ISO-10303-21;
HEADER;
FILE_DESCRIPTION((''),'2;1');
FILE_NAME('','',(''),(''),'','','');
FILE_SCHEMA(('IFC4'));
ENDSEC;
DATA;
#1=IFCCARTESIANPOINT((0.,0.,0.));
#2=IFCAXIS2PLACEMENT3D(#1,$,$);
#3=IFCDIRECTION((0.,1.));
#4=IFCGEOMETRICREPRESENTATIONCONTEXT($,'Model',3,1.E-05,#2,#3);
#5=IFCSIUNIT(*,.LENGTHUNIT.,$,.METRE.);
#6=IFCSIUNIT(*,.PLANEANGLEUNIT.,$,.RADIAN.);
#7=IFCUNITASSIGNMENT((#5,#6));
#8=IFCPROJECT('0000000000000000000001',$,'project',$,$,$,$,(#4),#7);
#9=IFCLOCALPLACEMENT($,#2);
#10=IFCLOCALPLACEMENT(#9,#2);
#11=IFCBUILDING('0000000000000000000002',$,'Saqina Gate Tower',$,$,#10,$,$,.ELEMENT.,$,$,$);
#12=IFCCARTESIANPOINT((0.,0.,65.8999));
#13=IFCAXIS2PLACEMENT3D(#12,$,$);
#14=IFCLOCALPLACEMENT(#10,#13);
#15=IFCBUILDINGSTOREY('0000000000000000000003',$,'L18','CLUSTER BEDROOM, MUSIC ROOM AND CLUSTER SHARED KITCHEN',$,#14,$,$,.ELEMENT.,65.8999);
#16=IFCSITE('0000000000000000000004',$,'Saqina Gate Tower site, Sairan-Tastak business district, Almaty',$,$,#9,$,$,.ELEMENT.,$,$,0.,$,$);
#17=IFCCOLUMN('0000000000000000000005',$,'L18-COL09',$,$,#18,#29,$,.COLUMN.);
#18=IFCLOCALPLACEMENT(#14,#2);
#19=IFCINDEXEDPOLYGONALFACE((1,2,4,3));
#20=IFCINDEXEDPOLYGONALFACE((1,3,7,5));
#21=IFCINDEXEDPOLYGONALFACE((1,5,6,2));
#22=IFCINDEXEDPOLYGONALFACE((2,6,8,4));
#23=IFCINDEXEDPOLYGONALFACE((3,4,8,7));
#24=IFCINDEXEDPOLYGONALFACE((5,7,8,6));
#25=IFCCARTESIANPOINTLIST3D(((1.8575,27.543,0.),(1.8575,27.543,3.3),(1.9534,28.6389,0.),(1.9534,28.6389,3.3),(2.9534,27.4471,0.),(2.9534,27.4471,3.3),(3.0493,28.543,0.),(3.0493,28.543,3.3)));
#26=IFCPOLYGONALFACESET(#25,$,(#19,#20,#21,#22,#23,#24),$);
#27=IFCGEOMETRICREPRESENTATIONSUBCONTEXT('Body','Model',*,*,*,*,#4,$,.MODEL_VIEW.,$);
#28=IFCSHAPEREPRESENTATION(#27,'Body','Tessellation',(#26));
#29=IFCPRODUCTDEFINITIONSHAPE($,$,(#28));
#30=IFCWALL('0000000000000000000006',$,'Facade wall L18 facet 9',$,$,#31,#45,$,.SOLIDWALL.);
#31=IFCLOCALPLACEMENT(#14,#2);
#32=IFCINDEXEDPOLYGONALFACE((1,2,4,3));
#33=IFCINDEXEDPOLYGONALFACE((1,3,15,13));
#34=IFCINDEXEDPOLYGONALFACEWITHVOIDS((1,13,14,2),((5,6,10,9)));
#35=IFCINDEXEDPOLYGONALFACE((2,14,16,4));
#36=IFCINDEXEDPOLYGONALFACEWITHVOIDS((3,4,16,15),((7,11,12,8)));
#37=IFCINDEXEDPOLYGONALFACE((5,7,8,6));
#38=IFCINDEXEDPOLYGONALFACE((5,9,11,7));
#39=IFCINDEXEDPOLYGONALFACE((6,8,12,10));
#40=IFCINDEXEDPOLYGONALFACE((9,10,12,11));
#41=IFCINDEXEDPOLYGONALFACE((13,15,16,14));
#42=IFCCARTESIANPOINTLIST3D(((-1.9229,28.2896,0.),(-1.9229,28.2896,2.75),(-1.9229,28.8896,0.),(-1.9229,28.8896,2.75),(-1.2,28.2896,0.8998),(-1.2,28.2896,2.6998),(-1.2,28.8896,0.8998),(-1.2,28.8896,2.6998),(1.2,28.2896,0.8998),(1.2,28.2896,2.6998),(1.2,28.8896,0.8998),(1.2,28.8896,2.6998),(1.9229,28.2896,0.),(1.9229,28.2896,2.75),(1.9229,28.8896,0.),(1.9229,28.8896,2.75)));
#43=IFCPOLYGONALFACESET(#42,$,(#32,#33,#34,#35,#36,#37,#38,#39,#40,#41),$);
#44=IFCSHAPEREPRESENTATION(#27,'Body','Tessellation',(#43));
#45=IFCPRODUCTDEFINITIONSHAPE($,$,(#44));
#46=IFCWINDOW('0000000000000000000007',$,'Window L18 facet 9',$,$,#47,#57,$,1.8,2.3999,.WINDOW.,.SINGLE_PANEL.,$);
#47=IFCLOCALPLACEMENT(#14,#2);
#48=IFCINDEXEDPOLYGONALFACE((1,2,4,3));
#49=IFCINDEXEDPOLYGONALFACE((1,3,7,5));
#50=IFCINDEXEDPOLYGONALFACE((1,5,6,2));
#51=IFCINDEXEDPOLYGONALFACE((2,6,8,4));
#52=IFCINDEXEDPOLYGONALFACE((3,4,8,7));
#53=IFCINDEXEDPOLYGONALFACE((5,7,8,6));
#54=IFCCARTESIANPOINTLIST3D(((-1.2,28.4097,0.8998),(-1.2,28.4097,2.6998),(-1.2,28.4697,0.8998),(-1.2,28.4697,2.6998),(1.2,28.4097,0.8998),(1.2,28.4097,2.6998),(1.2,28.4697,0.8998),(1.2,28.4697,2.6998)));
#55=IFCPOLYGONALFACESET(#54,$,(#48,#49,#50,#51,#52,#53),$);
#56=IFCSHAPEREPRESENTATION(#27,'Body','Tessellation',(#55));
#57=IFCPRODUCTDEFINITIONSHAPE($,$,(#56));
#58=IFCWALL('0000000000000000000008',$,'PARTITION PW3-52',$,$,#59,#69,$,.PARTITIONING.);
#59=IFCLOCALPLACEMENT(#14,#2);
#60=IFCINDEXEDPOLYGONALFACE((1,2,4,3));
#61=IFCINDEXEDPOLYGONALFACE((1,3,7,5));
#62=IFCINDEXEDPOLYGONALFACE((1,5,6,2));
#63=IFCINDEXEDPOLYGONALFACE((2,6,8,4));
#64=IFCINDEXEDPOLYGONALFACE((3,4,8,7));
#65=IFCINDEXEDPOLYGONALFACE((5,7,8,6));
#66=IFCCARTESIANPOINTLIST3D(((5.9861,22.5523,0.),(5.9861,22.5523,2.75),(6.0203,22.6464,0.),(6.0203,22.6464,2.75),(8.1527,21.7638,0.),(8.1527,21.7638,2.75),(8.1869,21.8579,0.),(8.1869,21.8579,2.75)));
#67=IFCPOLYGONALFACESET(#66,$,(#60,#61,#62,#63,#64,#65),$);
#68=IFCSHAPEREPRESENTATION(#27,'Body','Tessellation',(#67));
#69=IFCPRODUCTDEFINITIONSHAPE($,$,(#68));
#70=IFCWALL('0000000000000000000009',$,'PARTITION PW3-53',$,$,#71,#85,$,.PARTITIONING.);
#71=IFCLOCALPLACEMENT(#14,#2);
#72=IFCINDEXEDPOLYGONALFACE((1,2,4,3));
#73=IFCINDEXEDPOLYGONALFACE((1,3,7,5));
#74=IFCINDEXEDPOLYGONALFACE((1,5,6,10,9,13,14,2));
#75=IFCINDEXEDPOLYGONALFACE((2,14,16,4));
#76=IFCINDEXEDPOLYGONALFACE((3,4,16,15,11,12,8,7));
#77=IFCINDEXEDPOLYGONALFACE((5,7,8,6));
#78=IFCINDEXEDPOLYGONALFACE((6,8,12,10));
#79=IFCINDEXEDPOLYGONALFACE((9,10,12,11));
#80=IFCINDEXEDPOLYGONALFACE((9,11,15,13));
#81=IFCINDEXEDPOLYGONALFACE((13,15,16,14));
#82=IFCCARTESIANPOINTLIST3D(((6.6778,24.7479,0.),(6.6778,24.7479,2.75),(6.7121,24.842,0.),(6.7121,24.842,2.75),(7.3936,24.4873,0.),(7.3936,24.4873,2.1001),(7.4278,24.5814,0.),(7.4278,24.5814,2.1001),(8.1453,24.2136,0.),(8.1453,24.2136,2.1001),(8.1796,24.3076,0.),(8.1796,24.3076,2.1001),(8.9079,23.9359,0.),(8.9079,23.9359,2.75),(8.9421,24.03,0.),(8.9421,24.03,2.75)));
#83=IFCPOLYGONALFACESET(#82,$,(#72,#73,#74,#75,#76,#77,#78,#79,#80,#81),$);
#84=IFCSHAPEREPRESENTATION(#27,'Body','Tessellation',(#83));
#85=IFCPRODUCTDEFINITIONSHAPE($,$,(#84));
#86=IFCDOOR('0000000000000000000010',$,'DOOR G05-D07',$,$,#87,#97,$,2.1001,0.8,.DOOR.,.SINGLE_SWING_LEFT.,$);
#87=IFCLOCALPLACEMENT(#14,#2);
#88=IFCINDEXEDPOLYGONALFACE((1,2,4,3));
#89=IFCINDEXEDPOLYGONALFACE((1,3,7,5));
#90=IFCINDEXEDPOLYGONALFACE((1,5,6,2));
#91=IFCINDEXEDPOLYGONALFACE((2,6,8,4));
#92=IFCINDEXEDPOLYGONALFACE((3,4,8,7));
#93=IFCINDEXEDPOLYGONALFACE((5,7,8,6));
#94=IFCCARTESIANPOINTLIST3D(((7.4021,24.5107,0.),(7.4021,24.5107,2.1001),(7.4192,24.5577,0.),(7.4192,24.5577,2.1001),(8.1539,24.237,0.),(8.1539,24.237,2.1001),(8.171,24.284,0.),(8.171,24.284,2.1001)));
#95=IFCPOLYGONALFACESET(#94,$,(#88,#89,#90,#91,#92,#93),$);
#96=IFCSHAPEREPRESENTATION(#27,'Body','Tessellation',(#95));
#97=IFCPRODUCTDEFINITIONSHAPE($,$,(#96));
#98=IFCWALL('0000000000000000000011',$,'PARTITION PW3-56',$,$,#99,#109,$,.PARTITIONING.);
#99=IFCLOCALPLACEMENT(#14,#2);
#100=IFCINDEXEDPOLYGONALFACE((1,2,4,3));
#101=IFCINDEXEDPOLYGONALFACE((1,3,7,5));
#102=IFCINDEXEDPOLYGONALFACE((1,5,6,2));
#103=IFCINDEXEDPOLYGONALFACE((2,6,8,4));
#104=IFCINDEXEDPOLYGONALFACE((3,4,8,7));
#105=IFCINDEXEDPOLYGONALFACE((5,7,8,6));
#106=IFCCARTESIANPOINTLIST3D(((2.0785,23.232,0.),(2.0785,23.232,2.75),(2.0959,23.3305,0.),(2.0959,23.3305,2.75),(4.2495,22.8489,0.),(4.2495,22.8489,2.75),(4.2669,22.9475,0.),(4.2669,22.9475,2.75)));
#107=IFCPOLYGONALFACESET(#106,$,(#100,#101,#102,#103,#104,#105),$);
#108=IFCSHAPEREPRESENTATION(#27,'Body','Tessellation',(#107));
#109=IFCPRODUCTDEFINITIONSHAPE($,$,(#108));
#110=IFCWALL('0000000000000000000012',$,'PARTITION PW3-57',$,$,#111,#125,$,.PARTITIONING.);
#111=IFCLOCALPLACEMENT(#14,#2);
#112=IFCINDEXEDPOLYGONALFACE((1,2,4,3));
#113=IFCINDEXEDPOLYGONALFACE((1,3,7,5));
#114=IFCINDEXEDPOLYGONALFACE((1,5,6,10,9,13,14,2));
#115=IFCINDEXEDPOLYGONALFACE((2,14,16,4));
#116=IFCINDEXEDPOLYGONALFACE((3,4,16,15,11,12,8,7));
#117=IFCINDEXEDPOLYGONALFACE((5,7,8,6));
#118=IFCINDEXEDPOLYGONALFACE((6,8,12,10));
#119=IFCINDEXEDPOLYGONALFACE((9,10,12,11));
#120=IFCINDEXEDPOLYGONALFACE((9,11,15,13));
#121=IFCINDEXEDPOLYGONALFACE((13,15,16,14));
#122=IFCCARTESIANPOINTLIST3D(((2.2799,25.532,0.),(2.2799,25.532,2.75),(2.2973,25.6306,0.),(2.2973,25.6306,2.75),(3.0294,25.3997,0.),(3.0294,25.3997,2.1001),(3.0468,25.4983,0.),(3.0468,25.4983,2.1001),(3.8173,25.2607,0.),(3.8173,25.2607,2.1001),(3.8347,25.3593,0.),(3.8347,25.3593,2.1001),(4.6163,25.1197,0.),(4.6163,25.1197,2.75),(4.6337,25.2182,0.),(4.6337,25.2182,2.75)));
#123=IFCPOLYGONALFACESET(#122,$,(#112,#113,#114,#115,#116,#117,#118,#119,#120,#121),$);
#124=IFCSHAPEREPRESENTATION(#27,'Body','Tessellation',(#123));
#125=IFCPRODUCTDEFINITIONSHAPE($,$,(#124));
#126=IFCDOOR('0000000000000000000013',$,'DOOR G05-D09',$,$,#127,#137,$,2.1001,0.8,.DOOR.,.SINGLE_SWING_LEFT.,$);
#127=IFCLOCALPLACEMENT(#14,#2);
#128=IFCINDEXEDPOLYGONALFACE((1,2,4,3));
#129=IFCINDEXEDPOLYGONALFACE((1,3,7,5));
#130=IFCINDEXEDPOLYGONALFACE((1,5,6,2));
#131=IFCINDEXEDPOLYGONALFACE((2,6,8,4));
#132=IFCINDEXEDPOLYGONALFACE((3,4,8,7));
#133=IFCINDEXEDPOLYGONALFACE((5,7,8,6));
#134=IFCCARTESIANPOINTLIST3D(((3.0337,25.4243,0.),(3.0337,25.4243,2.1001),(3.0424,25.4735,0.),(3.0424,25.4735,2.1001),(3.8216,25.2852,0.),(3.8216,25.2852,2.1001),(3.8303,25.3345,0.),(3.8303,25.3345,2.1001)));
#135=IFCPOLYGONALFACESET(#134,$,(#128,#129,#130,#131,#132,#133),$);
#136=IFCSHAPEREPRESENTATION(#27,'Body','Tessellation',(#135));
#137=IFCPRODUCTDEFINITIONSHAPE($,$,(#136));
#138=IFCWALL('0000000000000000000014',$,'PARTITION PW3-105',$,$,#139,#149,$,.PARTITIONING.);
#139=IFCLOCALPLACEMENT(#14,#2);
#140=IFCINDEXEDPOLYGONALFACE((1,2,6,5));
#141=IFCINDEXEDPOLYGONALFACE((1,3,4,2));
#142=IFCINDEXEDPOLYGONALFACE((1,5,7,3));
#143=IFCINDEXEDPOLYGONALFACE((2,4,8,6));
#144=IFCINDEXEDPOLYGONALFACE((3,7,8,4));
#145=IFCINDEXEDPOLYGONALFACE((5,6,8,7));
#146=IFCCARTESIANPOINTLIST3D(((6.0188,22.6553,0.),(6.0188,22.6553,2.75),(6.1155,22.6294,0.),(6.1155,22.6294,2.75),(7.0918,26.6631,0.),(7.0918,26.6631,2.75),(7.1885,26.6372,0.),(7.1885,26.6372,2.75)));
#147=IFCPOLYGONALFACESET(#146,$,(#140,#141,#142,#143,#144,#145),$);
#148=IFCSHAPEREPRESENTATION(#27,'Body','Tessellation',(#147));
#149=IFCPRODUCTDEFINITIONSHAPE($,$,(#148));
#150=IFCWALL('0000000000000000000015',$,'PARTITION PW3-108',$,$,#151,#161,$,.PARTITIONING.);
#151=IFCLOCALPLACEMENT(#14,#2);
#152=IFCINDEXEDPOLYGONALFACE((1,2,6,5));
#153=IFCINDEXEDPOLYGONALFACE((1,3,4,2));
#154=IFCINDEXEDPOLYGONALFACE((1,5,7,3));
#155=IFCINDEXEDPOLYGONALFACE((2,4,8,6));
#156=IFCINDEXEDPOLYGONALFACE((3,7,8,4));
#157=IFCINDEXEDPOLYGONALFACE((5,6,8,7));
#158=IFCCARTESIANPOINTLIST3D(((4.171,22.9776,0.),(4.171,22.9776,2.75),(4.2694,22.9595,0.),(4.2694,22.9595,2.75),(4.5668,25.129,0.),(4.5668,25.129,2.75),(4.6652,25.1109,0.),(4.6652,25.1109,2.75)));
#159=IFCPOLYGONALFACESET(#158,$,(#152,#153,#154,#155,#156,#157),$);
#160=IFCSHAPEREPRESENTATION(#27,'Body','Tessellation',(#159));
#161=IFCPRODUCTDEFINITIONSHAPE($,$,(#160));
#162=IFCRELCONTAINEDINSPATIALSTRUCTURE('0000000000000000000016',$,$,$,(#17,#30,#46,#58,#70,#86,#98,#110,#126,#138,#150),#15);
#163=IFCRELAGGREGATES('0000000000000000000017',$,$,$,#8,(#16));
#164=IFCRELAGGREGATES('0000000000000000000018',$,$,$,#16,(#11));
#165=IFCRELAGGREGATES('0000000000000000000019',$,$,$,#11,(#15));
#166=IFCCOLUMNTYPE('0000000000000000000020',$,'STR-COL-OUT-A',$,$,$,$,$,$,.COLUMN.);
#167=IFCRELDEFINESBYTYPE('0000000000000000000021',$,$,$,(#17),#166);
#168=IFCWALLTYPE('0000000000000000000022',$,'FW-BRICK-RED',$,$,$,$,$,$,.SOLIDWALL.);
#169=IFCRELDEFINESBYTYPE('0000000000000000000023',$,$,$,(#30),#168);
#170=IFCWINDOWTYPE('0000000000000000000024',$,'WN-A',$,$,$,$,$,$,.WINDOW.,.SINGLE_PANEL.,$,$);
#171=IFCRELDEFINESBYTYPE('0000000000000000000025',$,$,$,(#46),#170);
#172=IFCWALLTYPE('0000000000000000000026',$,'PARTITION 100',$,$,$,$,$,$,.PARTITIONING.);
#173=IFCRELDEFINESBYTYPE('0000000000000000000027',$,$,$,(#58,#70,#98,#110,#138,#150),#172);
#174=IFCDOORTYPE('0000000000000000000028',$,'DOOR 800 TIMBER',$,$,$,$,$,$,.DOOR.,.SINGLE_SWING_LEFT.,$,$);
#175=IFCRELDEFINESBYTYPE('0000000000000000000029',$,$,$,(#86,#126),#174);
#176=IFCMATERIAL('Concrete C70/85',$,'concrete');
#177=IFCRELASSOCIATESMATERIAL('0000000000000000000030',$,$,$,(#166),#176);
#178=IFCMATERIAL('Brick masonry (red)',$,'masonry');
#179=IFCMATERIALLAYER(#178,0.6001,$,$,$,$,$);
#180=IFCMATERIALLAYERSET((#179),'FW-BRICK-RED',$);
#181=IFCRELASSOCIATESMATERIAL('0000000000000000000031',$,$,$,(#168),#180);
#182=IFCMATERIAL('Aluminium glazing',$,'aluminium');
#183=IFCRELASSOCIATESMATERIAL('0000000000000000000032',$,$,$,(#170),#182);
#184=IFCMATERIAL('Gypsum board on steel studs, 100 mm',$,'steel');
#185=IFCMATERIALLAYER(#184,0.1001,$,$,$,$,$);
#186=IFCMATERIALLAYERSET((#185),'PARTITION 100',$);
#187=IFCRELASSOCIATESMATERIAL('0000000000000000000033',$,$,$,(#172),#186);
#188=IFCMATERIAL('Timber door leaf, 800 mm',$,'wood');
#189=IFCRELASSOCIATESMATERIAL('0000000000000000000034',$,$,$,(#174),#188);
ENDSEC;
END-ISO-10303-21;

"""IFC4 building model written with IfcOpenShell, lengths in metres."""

from ifc_helpers import new_model, si_unit, direction, frame, frame_2d, origin, origin_2d, place, context, subcontext, project, spatial, rectangle, extrude, material, layer, layer_set, material_profile, profile_set, type_object, element, fill, save


model = new_model("IFC4")

# Units and contexts
model_context = context("Model", 3, precision=1e-05, world=origin(), true_north=direction((0.0, 1.0)))
body_context = subcontext(model_context, "Body", "Model", "MODEL_VIEW")
ifc_project = project(units=[si_unit("LENGTHUNIT", "METRE"), si_unit("PLANEANGLEUNIT", "RADIAN")], contexts=[model_context])

# Site, building, storey
site_placement = place(None, origin())
site = spatial("IfcSite", under=ifc_project, at=site_placement, Name="Saqina Gate Tower site, Sairan-Tastak business district, Almaty", CompositionType="ELEMENT", RefElevation=0.0)
building_placement = place(site_placement, origin())
building = spatial("IfcBuilding", under=site, at=building_placement, Name="Saqina Gate Tower", CompositionType="ELEMENT")
storey_placement = place(building_placement, frame((0.0, 0.0, 65.8999)))
storey = spatial("IfcBuildingStorey", under=building, at=storey_placement, Name="L18", Description="CLUSTER BEDROOM, MUSIC ROOM AND CLUSTER SHARED KITCHEN", CompositionType="ELEMENT", Elevation=65.8999)

# Column
ifc_material_1 = material(Name="Concrete C70/85", Category="concrete")
ifc_material_profile = material_profile(ifc_material_1, rectangle(XDim=1.1001, YDim=1.1001, at=origin_2d()), Name="RC 1100x1100")
ifc_profile_set = profile_set([ifc_material_profile], Name="Concrete C70/85")
column_type = type_object("IfcColumnType", Name="STR-COL-OUT-A", PredefinedType="COLUMN", material=ifc_profile_set)
column_placement = place(storey_placement, frame((2.4534, 28.043, 0.0), z_axis=(0.0, 0.0, 1.0), x_axis=(0.087156, 0.996195, 0.0)))
element("IfcColumn", 1, at=column_placement, inside=storey, type_object=column_type, Name="L18-COL09", PredefinedType="COLUMN", context=body_context, shape_type="SweptSolid", body=[
    extrude(rectangle(XDim=1.1001, YDim=1.1001, at=origin_2d()), origin(), (0.0, 0.0, 1.0), 3.3),
])

# Wall, opening, window
ifc_material_2 = material(Name="Brick masonry (red)", Category="masonry")
ifc_layer_1 = layer(ifc_material_2, 0.6001)
ifc_layer_set_1 = layer_set([ifc_layer_1], Name="FW-BRICK-RED")
wall_type_1 = type_object("IfcWallType", Name="FW-BRICK-RED", PredefinedType="SOLIDWALL", material=ifc_layer_set_1)
wall_1_placement = place(storey_placement, frame((1.9229, 28.5896, 0.0), z_axis=(0.0, 0.0, 1.0), x_axis=(-1.0, 0.0, 0.0)))
wall_1 = element("IfcWall", 2, at=wall_1_placement, inside=storey, type_object=wall_type_1, Name="Facade wall L18 facet 9", PredefinedType="SOLIDWALL", context=body_context, shape_type="SweptSolid", body=[
    extrude(rectangle(XDim=3.8457, YDim=0.6001, at=frame_2d((1.9229, 0.0))), origin(), (0.0, 0.0, 1.0), 2.75),
])
opening_1_placement = place(wall_1_placement, frame((0.7229, 0.0, 0.8999)))
opening_1 = element("IfcOpeningElement", 3, at=opening_1_placement, cuts=wall_1, PredefinedType="OPENING", context=body_context, shape_type="SweptSolid", body=[
    extrude(rectangle(XDim=2.3999, YDim=1.8, at=frame_2d((1.2, 0.8999))), frame((0.0, 0.312, 0.0), z_axis=(0.0, -1.0, 0.0), x_axis=(1.0, 0.0, 0.0)), (0.0, 0.0, 1.0), 0.624),
])
ifc_material_3 = material(Name="Aluminium glazing", Category="aluminium")
window_type = type_object("IfcWindowType", Name="WN-A", PartitioningType="SINGLE_PANEL", PredefinedType="WINDOW", material=ifc_material_3)
window_placement = place(opening_1_placement, origin())
window = element("IfcWindow", 4, at=window_placement, inside=storey, type_object=window_type, Name="Window L18 facet 9", OverallHeight=1.8, OverallWidth=2.3999, PartitioningType="SINGLE_PANEL", PredefinedType="WINDOW", context=body_context, shape_type="SweptSolid", body=[
    extrude(rectangle(XDim=2.3999, YDim=1.8, at=frame_2d((1.2, 0.8999))), frame((0.0, 0.1799, 0.0), z_axis=(0.0, -1.0, 0.0), x_axis=(1.0, 0.0, 0.0)), (0.0, 0.0, 1.0), 0.0601),
])
fill(opening_1, window)

# Wall
ifc_material_4 = material(Name="Gypsum board on steel studs, 100 mm", Category="steel")
ifc_layer_2 = layer(ifc_material_4, 0.1001)
ifc_layer_set_2 = layer_set([ifc_layer_2], Name="PARTITION 100")
wall_type_2 = type_object("IfcWallType", Name="PARTITION 100", PredefinedType="PARTITIONING", material=ifc_layer_set_2)
wall_2_placement = place(storey_placement, frame((6.0032, 22.5994, 0.0), z_axis=(0.0, 0.0, 1.0), x_axis=(0.939701, -0.341998, 0.0)))
element("IfcWall", 5, at=wall_2_placement, inside=storey, type_object=wall_type_2, Name="PARTITION PW3-52", PredefinedType="PARTITIONING", context=body_context, shape_type="SweptSolid", body=[
    extrude(rectangle(XDim=2.3057, YDim=0.1001, at=frame_2d((1.1528, 0.0))), origin(), (0.0, 0.0, 1.0), 2.75),
])

# Wall, opening, door
wall_3_placement = place(storey_placement, frame((6.6951, 24.7949, 0.0), z_axis=(0.0, 0.0, 1.0), x_axis=(0.939643, -0.342156, 0.0)))
wall_3 = element("IfcWall", 6, at=wall_3_placement, inside=storey, type_object=wall_type_2, Name="PARTITION PW3-53", PredefinedType="PARTITIONING", context=body_context, shape_type="SweptSolid", body=[
    extrude(rectangle(XDim=2.3733, YDim=0.1001, at=frame_2d((1.1865, 0.0))), origin(), (0.0, 0.0, 1.0), 2.75),
])
opening_2_placement = place(wall_3_placement, frame((0.7617, 0.0, 0.0)))
opening_2 = element("IfcOpeningElement", 7, at=opening_2_placement, cuts=wall_3, PredefinedType="OPENING", context=body_context, shape_type="SweptSolid", body=[
    extrude(rectangle(XDim=0.8, YDim=2.1001, at=frame_2d((0.3999, 1.05))), frame((0.0, 0.062, 0.0), z_axis=(0.0, -1.0, 0.0), x_axis=(1.0, 0.0, 0.0)), (0.0, 0.0, 1.0), 0.124),
])
ifc_material_5 = material(Name="Timber door leaf, 800 mm", Category="wood")
door_type_1 = type_object("IfcDoorType", Name="DOOR 800 TIMBER", OperationType="SINGLE_SWING_LEFT", PredefinedType="DOOR", material=ifc_material_5)
door_1_placement = place(opening_2_placement, origin())
door_1 = element("IfcDoor", 8, at=door_1_placement, inside=storey, type_object=door_type_1, Name="DOOR G05-D07", OperationType="SINGLE_SWING_LEFT", OverallHeight=2.1001, OverallWidth=0.8, PredefinedType="DOOR", context=body_context, shape_type="SweptSolid", body=[
    extrude(rectangle(XDim=0.8, YDim=2.1001, at=frame_2d((0.3999, 1.05))), frame((0.0, 0.0249, 0.0), z_axis=(0.0, -1.0, 0.0), x_axis=(1.0, 0.0, 0.0)), (0.0, 0.0, 1.0), 0.05),
])
fill(opening_2, door_1)

# Wall
wall_4_placement = place(storey_placement, frame((2.0872, 23.2812, 0.0), z_axis=(0.0, 0.0, 1.0), x_axis=(0.98479, -0.173747, 0.0)))
element("IfcWall", 9, at=wall_4_placement, inside=storey, type_object=wall_type_2, Name="PARTITION PW3-56", PredefinedType="PARTITIONING", context=body_context, shape_type="SweptSolid", body=[
    extrude(rectangle(XDim=2.2046, YDim=0.1001, at=frame_2d((1.1023, 0.0))), origin(), (0.0, 0.0, 1.0), 2.75),
])

# Wall, opening, door
wall_5_placement = place(storey_placement, frame((2.2886, 25.5813, 0.0), z_axis=(0.0, 0.0, 1.0), x_axis=(0.98478, -0.173803, 0.0)))
wall_5 = element("IfcWall", 10, at=wall_5_placement, inside=storey, type_object=wall_type_2, Name="PARTITION PW3-57", PredefinedType="PARTITIONING", context=body_context, shape_type="SweptSolid", body=[
    extrude(rectangle(XDim=2.3726, YDim=0.1001, at=frame_2d((1.1863, 0.0))), origin(), (0.0, 0.0, 1.0), 2.75),
])
opening_3_placement = place(wall_5_placement, frame((0.7612, 0.0, 0.0)))
opening_3 = element("IfcOpeningElement", 11, at=opening_3_placement, cuts=wall_5, PredefinedType="OPENING", context=body_context, shape_type="SweptSolid", body=[
    extrude(rectangle(XDim=0.8, YDim=2.1001, at=frame_2d((0.3999, 1.05))), frame((0.0, 0.062, 0.0), z_axis=(0.0, -1.0, 0.0), x_axis=(1.0, 0.0, 0.0)), (0.0, 0.0, 1.0), 0.124),
])
door_2_placement = place(opening_3_placement, origin())
door_2 = element("IfcDoor", 12, at=door_2_placement, inside=storey, type_object=door_type_1, Name="DOOR G05-D09", OperationType="SINGLE_SWING_LEFT", OverallHeight=2.1001, OverallWidth=0.8, PredefinedType="DOOR", context=body_context, shape_type="SweptSolid", body=[
    extrude(rectangle(XDim=0.8, YDim=2.1001, at=frame_2d((0.3999, 1.05))), frame((0.0, 0.0249, 0.0), z_axis=(0.0, -1.0, 0.0), x_axis=(1.0, 0.0, 0.0)), (0.0, 0.0, 1.0), 0.05),
])
fill(opening_3, door_2)

# Walls
wall_6_placement = place(storey_placement, frame((6.0671, 22.6423, 0.0), z_axis=(0.0, 0.0, 1.0), x_axis=(0.258618, 0.96598, 0.0)))
element("IfcWall", 13, at=wall_6_placement, inside=storey, type_object=wall_type_2, Name="PARTITION PW3-105", PredefinedType="PARTITIONING", context=body_context, shape_type="SweptSolid", body=[
    extrude(rectangle(XDim=4.1489, YDim=0.1001, at=frame_2d((2.0745, 0.0))), origin(), (0.0, 0.0, 1.0), 2.75),
])
wall_7_placement = place(storey_placement, frame((4.2202, 22.9685, 0.0), z_axis=(0.0, 0.0, 1.0), x_axis=(0.180918, 0.983498, 0.0)))
element("IfcWall", 14, at=wall_7_placement, inside=storey, type_object=wall_type_2, Name="PARTITION PW3-108", PredefinedType="PARTITIONING", context=body_context, shape_type="SweptSolid", body=[
    extrude(rectangle(XDim=2.1875, YDim=0.1001, at=frame_2d((1.0938, 0.0))), origin(), (0.0, 0.0, 1.0), 2.75),
])

save(model, "model.ifc")
